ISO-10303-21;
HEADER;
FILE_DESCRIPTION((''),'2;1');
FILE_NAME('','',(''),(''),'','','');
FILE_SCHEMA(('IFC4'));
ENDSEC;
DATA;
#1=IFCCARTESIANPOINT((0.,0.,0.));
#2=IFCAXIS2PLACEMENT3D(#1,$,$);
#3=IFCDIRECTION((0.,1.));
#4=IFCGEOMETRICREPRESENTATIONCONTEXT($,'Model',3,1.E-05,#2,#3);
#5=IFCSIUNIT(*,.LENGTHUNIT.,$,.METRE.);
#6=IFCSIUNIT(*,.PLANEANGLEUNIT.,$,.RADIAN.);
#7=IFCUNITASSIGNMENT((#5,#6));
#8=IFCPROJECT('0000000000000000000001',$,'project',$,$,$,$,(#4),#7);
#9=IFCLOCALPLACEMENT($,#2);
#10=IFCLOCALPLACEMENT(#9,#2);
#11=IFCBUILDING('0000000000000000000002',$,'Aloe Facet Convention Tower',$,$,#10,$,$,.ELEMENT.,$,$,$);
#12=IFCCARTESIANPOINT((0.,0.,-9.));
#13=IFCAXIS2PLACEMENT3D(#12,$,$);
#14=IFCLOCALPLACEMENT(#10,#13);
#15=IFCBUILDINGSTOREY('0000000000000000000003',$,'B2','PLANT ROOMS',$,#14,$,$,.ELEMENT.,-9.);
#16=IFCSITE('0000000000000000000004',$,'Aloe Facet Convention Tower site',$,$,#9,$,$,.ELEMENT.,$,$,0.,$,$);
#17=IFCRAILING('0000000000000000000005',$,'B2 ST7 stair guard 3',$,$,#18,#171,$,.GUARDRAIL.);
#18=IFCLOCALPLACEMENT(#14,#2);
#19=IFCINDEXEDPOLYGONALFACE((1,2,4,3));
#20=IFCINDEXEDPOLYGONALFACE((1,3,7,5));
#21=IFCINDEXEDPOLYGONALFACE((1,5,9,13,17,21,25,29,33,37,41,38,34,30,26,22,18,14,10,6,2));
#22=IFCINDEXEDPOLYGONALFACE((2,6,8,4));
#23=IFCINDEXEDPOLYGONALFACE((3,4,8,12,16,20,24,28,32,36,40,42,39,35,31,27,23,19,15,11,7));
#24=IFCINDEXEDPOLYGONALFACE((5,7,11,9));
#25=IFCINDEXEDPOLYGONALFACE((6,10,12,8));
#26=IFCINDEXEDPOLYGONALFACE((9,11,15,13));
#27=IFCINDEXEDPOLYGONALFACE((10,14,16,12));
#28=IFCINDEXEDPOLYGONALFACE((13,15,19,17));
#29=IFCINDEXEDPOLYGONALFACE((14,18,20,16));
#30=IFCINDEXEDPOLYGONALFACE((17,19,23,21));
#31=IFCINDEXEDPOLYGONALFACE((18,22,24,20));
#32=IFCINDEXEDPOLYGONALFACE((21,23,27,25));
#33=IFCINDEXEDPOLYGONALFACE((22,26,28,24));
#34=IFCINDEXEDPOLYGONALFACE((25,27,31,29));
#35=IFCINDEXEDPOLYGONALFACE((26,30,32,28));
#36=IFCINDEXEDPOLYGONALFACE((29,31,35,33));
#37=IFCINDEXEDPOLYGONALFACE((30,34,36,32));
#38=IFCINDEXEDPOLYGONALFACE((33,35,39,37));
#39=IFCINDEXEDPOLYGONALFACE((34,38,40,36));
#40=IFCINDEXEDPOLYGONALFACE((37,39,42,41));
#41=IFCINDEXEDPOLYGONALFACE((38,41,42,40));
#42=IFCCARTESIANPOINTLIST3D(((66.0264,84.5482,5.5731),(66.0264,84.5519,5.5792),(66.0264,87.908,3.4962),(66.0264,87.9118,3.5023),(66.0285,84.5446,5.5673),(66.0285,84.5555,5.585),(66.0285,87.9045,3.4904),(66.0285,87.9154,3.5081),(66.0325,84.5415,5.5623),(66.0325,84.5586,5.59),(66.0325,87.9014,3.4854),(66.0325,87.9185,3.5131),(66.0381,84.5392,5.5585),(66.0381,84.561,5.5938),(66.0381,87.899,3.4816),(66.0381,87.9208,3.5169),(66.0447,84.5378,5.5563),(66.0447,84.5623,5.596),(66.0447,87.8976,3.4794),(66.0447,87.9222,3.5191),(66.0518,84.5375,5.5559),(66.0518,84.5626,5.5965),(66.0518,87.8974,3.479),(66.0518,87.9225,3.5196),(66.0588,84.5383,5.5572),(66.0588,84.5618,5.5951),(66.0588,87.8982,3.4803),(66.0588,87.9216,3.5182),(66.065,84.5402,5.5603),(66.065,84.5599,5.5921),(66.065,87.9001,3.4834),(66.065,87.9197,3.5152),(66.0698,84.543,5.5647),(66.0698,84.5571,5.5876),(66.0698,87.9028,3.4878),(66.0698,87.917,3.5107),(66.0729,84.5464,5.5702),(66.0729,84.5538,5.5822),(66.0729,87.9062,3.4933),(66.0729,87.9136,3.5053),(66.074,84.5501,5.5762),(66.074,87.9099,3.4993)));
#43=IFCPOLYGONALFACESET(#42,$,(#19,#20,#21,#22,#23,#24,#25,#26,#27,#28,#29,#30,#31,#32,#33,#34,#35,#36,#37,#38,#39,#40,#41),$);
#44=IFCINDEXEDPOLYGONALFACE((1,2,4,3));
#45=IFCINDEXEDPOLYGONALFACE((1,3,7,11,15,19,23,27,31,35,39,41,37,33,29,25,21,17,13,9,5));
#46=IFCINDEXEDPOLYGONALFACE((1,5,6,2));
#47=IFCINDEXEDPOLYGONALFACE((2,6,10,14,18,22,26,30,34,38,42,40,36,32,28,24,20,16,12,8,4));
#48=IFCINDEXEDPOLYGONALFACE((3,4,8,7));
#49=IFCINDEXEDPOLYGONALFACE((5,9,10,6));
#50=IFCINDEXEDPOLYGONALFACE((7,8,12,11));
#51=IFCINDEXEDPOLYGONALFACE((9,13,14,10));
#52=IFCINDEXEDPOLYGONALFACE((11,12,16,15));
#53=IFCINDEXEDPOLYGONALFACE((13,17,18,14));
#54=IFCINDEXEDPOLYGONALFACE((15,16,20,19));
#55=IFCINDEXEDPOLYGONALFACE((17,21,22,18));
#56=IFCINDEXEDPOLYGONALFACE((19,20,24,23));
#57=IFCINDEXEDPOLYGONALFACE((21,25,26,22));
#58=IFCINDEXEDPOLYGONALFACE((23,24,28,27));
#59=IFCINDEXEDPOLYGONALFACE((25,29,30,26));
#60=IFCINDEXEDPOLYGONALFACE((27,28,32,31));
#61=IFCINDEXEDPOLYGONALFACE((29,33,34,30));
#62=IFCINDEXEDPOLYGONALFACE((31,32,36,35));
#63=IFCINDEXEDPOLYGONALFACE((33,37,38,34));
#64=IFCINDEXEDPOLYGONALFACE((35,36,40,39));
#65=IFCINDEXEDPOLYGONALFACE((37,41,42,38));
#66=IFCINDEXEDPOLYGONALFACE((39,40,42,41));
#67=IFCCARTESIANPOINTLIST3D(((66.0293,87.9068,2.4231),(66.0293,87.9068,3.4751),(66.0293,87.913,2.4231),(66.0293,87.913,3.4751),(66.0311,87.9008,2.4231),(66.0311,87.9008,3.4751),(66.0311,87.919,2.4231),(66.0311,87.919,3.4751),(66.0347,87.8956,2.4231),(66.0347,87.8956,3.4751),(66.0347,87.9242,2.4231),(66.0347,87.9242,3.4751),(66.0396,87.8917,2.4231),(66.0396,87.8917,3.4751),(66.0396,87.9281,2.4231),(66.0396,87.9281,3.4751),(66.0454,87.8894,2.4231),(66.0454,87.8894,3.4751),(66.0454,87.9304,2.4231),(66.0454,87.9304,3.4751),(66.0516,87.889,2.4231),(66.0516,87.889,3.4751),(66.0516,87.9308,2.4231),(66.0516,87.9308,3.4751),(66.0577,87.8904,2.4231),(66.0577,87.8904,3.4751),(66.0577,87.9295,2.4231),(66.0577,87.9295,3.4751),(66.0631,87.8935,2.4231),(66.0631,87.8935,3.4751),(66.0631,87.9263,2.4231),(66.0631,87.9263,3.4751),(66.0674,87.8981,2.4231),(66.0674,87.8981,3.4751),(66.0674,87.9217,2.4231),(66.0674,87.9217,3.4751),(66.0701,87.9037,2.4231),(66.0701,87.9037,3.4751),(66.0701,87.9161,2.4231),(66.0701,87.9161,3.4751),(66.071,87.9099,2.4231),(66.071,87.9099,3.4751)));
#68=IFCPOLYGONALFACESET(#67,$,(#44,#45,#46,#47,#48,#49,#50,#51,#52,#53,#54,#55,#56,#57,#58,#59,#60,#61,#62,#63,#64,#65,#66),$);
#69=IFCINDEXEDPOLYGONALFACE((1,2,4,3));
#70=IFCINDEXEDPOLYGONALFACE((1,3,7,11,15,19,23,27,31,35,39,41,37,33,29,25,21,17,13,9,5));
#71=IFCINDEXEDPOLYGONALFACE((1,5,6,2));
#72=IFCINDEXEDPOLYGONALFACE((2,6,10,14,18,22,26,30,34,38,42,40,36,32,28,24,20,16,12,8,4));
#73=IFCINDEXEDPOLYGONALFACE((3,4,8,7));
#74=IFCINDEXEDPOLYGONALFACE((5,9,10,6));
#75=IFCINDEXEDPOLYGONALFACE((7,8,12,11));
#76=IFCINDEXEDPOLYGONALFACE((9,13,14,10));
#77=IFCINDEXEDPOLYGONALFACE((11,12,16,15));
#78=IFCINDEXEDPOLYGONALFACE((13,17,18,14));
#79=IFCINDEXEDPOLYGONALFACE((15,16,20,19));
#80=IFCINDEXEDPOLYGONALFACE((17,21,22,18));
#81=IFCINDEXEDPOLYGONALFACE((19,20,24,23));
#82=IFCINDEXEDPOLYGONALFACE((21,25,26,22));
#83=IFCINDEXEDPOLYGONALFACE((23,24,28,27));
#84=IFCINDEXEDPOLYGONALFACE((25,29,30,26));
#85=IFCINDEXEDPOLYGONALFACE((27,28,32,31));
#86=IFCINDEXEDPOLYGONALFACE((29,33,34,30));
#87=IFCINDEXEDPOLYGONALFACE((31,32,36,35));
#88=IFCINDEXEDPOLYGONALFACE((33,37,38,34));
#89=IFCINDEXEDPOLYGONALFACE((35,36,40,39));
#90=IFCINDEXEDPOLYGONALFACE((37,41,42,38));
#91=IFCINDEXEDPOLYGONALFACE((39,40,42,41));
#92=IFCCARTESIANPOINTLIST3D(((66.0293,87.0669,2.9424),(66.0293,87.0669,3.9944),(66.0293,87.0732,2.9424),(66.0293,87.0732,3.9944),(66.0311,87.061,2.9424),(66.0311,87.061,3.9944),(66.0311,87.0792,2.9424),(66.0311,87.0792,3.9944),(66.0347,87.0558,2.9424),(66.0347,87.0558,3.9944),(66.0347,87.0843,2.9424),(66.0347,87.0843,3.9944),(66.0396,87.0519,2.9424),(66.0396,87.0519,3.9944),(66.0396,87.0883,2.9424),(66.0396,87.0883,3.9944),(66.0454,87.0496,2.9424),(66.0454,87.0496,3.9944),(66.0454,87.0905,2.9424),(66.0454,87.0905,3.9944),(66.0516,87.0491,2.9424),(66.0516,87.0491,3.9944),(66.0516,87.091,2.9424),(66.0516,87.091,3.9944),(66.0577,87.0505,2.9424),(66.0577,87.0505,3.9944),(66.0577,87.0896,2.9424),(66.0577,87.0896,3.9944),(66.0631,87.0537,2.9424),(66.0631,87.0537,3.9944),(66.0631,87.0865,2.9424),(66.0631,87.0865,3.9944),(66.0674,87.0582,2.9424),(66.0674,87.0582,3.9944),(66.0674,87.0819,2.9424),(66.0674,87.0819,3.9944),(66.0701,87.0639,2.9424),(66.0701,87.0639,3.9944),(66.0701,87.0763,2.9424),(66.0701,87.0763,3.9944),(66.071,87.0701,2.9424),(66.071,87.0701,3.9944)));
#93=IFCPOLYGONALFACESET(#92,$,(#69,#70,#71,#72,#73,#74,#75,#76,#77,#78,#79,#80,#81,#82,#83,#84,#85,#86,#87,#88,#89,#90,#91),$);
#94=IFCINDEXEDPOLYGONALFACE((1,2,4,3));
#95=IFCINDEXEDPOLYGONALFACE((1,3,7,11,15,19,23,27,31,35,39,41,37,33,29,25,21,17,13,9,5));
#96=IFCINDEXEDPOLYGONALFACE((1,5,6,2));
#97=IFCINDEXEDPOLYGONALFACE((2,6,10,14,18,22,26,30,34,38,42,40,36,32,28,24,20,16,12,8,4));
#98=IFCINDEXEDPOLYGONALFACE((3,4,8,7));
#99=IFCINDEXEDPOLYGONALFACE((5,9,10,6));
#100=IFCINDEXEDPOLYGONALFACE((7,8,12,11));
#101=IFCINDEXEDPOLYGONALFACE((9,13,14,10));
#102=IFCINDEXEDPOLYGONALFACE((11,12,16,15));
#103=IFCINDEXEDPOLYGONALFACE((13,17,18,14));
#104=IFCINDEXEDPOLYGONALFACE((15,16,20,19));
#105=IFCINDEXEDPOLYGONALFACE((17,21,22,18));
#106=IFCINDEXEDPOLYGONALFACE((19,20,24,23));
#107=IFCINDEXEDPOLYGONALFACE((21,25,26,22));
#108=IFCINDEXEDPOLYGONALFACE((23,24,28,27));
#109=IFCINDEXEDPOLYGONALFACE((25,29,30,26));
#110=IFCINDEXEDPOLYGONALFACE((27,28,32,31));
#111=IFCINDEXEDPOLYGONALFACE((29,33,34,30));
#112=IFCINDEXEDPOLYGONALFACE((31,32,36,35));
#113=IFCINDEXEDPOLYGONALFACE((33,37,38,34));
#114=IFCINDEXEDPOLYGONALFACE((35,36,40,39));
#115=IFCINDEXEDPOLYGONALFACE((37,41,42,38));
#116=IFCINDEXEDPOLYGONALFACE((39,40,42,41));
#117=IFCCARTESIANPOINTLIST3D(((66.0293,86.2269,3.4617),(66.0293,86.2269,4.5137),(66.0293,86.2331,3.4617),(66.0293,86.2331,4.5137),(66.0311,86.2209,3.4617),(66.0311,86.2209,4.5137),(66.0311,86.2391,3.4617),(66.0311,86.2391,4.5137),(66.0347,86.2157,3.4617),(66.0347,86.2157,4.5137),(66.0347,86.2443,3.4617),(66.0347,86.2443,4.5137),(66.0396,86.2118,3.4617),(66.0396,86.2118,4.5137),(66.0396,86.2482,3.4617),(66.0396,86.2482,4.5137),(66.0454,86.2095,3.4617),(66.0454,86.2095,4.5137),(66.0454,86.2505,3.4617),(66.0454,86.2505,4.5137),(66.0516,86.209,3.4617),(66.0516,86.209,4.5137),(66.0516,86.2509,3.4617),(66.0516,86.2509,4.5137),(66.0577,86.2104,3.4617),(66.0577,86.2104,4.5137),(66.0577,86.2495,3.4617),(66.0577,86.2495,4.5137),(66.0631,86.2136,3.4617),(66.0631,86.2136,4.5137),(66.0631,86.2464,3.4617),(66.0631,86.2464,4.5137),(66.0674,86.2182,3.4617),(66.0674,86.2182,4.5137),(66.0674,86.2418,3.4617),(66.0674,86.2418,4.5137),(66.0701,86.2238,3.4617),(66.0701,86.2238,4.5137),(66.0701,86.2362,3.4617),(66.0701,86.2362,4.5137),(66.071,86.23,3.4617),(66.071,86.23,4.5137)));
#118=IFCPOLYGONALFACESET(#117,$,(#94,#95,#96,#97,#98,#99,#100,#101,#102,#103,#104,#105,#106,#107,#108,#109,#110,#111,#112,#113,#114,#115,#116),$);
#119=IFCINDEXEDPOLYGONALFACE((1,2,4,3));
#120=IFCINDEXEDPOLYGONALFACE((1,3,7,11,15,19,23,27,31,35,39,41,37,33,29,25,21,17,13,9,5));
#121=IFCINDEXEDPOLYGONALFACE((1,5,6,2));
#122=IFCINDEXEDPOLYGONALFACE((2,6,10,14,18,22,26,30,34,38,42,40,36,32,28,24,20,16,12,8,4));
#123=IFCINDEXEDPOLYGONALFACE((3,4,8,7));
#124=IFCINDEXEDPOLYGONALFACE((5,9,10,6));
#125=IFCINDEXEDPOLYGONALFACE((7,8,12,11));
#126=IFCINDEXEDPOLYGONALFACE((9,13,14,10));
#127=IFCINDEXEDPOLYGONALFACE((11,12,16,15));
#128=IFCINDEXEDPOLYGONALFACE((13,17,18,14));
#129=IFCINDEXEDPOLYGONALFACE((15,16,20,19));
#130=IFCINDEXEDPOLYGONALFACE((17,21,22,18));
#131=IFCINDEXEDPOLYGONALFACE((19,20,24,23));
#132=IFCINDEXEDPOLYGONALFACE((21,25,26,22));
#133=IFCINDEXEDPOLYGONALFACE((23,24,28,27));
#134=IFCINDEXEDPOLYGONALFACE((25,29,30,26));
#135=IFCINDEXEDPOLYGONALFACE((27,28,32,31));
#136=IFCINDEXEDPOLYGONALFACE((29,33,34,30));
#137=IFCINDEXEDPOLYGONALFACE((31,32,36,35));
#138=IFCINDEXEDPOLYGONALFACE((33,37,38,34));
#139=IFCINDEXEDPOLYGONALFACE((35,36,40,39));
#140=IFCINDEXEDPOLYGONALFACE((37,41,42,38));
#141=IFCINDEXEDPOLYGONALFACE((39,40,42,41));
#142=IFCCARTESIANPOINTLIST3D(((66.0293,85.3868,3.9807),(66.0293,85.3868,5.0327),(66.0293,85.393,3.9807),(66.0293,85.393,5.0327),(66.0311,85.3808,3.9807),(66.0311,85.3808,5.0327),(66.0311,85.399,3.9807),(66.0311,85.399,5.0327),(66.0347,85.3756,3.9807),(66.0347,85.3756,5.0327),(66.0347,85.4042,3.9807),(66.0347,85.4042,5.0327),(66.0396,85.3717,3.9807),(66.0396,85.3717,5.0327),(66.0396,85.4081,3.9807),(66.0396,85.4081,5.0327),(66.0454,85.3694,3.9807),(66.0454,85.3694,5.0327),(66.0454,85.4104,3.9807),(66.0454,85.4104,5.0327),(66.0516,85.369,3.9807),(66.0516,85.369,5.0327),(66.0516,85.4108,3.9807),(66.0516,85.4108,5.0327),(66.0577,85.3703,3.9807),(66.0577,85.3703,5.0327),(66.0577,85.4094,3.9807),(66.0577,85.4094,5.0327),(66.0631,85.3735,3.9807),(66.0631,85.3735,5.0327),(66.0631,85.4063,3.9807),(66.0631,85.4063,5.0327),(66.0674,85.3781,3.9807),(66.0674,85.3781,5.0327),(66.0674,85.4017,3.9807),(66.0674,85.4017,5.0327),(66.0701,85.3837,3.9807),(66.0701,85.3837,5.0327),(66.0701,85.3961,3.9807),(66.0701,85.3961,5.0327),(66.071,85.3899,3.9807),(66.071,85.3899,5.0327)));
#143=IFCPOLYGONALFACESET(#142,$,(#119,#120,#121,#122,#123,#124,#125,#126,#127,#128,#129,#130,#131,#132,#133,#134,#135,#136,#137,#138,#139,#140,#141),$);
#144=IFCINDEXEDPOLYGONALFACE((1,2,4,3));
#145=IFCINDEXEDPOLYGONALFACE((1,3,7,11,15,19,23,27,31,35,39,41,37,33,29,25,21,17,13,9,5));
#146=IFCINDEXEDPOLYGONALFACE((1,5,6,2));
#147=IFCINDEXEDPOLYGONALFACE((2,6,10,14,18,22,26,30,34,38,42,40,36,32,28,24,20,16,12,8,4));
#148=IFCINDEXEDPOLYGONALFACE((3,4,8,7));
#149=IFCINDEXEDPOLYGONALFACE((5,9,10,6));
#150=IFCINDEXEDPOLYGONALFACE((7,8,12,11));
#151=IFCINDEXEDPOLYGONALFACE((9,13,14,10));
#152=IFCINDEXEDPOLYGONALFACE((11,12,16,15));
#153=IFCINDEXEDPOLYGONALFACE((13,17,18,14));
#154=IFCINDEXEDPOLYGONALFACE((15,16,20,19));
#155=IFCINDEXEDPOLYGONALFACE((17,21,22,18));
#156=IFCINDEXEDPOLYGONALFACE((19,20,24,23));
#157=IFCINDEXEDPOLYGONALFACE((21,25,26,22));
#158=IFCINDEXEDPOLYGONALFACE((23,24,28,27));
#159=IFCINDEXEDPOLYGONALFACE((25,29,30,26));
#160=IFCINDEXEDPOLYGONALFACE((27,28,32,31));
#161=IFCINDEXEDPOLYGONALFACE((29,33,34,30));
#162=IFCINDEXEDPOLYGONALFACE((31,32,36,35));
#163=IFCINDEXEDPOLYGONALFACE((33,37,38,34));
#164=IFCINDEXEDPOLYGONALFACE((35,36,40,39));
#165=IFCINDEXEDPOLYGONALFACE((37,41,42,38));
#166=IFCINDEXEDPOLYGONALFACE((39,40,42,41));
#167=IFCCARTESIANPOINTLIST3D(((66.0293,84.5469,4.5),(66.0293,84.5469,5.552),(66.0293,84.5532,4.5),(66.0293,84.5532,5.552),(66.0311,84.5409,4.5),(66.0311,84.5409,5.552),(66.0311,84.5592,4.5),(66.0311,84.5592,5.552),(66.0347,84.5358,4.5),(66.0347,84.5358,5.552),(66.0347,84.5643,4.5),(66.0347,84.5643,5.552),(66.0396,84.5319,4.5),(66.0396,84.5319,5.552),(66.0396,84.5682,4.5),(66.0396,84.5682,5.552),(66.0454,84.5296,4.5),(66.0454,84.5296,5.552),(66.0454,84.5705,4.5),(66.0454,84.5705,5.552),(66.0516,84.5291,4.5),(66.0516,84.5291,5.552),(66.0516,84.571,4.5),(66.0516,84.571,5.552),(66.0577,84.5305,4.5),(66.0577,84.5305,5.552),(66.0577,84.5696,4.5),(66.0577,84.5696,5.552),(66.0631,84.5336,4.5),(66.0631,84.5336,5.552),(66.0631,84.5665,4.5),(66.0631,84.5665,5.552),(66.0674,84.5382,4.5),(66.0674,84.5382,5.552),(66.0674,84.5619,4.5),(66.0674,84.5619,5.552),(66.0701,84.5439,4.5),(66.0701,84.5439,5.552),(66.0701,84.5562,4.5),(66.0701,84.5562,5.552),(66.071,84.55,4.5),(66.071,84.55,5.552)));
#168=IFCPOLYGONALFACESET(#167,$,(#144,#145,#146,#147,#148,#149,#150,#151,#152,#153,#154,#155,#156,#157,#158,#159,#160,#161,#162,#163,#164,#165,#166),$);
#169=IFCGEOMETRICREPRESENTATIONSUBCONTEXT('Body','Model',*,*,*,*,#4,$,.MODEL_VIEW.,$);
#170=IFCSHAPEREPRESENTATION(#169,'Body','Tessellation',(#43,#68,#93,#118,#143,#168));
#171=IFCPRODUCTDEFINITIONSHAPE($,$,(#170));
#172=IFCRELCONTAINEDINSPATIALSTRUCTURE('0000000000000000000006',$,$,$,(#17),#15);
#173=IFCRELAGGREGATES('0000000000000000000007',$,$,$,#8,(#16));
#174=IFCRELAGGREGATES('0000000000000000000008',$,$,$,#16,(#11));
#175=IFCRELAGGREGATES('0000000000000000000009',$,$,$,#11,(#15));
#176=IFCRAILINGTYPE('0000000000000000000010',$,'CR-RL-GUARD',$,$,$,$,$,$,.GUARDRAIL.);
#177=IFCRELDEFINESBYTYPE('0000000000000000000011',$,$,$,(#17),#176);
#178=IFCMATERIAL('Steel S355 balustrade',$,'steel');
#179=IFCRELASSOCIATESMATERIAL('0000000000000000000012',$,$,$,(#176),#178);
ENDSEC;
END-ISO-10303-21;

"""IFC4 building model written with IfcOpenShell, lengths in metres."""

from ifc_helpers import new_model, si_unit, direction, frame, origin, origin_2d, place, context, subcontext, project, spatial, circle, extrude, material, type_object, element, save


model = new_model("IFC4")

# Units and contexts
model_context = context("Model", 3, precision=1e-05, world=origin(), true_north=direction((0.0, 1.0)))
body_context = subcontext(model_context, "Body", "Model", "MODEL_VIEW")
ifc_project = project(units=[si_unit("LENGTHUNIT", "METRE"), si_unit("PLANEANGLEUNIT", "RADIAN")], contexts=[model_context])

# Site, building, storey
site_placement = place(None, origin())
site = spatial("IfcSite", under=ifc_project, at=site_placement, Name="Aloe Facet Convention Tower site", CompositionType="ELEMENT", RefElevation=0.0)
building_placement = place(site_placement, origin())
building = spatial("IfcBuilding", under=site, at=building_placement, Name="Aloe Facet Convention Tower", CompositionType="ELEMENT")
storey_placement = place(building_placement, frame((0.0, 0.0, -9.0)))
storey = spatial("IfcBuildingStorey", under=building, at=storey_placement, Name="B2", Description="PLANT ROOMS", CompositionType="ELEMENT", Elevation=-9.0)

# Railing
ifc_material_1 = material(Name="Steel S355 balustrade", Category="steel")
railing_type = type_object("IfcRailingType", Name="CR-RL-GUARD", PredefinedType="GUARDRAIL", material=ifc_material_1)
railing_1_placement = place(storey_placement, frame((66.05, 87.9099, 2.4231)))
element("IfcRailing", 1, at=railing_1_placement, inside=storey, type_object=railing_type, Name="B2 ST7 stair guard 3", PredefinedType="GUARDRAIL", context=body_context, shape_type="SweptSolid", body=[
    extrude(circle(Radius=0.0239, at=origin_2d()), frame((0.0, 0.0, 1.0762), z_axis=(0.0, -0.850606, 0.525803), x_axis=(1.0, 0.0, 0.0)), (0.0, 0.0, 1.0), 3.95),
    extrude(circle(Radius=0.021, at=origin_2d()), origin(), (0.0, 0.0, 1.0), 1.052),
    extrude(circle(Radius=0.021, at=origin_2d()), frame((0.0, -0.8398, 0.5193)), (0.0, 0.0, 1.0), 1.052),
    extrude(circle(Radius=0.021, at=origin_2d()), frame((0.0, -1.6799, 1.0386)), (0.0, 0.0, 1.0), 1.052),
    extrude(circle(Radius=0.021, at=origin_2d()), frame((0.0, -2.52, 1.5576)), (0.0, 0.0, 1.0), 1.052),
    extrude(circle(Radius=0.021, at=origin_2d()), frame((0.0, -3.3599, 2.0769)), (0.0, 0.0, 1.0), 1.052),
])

save(model, "model.ifc")
